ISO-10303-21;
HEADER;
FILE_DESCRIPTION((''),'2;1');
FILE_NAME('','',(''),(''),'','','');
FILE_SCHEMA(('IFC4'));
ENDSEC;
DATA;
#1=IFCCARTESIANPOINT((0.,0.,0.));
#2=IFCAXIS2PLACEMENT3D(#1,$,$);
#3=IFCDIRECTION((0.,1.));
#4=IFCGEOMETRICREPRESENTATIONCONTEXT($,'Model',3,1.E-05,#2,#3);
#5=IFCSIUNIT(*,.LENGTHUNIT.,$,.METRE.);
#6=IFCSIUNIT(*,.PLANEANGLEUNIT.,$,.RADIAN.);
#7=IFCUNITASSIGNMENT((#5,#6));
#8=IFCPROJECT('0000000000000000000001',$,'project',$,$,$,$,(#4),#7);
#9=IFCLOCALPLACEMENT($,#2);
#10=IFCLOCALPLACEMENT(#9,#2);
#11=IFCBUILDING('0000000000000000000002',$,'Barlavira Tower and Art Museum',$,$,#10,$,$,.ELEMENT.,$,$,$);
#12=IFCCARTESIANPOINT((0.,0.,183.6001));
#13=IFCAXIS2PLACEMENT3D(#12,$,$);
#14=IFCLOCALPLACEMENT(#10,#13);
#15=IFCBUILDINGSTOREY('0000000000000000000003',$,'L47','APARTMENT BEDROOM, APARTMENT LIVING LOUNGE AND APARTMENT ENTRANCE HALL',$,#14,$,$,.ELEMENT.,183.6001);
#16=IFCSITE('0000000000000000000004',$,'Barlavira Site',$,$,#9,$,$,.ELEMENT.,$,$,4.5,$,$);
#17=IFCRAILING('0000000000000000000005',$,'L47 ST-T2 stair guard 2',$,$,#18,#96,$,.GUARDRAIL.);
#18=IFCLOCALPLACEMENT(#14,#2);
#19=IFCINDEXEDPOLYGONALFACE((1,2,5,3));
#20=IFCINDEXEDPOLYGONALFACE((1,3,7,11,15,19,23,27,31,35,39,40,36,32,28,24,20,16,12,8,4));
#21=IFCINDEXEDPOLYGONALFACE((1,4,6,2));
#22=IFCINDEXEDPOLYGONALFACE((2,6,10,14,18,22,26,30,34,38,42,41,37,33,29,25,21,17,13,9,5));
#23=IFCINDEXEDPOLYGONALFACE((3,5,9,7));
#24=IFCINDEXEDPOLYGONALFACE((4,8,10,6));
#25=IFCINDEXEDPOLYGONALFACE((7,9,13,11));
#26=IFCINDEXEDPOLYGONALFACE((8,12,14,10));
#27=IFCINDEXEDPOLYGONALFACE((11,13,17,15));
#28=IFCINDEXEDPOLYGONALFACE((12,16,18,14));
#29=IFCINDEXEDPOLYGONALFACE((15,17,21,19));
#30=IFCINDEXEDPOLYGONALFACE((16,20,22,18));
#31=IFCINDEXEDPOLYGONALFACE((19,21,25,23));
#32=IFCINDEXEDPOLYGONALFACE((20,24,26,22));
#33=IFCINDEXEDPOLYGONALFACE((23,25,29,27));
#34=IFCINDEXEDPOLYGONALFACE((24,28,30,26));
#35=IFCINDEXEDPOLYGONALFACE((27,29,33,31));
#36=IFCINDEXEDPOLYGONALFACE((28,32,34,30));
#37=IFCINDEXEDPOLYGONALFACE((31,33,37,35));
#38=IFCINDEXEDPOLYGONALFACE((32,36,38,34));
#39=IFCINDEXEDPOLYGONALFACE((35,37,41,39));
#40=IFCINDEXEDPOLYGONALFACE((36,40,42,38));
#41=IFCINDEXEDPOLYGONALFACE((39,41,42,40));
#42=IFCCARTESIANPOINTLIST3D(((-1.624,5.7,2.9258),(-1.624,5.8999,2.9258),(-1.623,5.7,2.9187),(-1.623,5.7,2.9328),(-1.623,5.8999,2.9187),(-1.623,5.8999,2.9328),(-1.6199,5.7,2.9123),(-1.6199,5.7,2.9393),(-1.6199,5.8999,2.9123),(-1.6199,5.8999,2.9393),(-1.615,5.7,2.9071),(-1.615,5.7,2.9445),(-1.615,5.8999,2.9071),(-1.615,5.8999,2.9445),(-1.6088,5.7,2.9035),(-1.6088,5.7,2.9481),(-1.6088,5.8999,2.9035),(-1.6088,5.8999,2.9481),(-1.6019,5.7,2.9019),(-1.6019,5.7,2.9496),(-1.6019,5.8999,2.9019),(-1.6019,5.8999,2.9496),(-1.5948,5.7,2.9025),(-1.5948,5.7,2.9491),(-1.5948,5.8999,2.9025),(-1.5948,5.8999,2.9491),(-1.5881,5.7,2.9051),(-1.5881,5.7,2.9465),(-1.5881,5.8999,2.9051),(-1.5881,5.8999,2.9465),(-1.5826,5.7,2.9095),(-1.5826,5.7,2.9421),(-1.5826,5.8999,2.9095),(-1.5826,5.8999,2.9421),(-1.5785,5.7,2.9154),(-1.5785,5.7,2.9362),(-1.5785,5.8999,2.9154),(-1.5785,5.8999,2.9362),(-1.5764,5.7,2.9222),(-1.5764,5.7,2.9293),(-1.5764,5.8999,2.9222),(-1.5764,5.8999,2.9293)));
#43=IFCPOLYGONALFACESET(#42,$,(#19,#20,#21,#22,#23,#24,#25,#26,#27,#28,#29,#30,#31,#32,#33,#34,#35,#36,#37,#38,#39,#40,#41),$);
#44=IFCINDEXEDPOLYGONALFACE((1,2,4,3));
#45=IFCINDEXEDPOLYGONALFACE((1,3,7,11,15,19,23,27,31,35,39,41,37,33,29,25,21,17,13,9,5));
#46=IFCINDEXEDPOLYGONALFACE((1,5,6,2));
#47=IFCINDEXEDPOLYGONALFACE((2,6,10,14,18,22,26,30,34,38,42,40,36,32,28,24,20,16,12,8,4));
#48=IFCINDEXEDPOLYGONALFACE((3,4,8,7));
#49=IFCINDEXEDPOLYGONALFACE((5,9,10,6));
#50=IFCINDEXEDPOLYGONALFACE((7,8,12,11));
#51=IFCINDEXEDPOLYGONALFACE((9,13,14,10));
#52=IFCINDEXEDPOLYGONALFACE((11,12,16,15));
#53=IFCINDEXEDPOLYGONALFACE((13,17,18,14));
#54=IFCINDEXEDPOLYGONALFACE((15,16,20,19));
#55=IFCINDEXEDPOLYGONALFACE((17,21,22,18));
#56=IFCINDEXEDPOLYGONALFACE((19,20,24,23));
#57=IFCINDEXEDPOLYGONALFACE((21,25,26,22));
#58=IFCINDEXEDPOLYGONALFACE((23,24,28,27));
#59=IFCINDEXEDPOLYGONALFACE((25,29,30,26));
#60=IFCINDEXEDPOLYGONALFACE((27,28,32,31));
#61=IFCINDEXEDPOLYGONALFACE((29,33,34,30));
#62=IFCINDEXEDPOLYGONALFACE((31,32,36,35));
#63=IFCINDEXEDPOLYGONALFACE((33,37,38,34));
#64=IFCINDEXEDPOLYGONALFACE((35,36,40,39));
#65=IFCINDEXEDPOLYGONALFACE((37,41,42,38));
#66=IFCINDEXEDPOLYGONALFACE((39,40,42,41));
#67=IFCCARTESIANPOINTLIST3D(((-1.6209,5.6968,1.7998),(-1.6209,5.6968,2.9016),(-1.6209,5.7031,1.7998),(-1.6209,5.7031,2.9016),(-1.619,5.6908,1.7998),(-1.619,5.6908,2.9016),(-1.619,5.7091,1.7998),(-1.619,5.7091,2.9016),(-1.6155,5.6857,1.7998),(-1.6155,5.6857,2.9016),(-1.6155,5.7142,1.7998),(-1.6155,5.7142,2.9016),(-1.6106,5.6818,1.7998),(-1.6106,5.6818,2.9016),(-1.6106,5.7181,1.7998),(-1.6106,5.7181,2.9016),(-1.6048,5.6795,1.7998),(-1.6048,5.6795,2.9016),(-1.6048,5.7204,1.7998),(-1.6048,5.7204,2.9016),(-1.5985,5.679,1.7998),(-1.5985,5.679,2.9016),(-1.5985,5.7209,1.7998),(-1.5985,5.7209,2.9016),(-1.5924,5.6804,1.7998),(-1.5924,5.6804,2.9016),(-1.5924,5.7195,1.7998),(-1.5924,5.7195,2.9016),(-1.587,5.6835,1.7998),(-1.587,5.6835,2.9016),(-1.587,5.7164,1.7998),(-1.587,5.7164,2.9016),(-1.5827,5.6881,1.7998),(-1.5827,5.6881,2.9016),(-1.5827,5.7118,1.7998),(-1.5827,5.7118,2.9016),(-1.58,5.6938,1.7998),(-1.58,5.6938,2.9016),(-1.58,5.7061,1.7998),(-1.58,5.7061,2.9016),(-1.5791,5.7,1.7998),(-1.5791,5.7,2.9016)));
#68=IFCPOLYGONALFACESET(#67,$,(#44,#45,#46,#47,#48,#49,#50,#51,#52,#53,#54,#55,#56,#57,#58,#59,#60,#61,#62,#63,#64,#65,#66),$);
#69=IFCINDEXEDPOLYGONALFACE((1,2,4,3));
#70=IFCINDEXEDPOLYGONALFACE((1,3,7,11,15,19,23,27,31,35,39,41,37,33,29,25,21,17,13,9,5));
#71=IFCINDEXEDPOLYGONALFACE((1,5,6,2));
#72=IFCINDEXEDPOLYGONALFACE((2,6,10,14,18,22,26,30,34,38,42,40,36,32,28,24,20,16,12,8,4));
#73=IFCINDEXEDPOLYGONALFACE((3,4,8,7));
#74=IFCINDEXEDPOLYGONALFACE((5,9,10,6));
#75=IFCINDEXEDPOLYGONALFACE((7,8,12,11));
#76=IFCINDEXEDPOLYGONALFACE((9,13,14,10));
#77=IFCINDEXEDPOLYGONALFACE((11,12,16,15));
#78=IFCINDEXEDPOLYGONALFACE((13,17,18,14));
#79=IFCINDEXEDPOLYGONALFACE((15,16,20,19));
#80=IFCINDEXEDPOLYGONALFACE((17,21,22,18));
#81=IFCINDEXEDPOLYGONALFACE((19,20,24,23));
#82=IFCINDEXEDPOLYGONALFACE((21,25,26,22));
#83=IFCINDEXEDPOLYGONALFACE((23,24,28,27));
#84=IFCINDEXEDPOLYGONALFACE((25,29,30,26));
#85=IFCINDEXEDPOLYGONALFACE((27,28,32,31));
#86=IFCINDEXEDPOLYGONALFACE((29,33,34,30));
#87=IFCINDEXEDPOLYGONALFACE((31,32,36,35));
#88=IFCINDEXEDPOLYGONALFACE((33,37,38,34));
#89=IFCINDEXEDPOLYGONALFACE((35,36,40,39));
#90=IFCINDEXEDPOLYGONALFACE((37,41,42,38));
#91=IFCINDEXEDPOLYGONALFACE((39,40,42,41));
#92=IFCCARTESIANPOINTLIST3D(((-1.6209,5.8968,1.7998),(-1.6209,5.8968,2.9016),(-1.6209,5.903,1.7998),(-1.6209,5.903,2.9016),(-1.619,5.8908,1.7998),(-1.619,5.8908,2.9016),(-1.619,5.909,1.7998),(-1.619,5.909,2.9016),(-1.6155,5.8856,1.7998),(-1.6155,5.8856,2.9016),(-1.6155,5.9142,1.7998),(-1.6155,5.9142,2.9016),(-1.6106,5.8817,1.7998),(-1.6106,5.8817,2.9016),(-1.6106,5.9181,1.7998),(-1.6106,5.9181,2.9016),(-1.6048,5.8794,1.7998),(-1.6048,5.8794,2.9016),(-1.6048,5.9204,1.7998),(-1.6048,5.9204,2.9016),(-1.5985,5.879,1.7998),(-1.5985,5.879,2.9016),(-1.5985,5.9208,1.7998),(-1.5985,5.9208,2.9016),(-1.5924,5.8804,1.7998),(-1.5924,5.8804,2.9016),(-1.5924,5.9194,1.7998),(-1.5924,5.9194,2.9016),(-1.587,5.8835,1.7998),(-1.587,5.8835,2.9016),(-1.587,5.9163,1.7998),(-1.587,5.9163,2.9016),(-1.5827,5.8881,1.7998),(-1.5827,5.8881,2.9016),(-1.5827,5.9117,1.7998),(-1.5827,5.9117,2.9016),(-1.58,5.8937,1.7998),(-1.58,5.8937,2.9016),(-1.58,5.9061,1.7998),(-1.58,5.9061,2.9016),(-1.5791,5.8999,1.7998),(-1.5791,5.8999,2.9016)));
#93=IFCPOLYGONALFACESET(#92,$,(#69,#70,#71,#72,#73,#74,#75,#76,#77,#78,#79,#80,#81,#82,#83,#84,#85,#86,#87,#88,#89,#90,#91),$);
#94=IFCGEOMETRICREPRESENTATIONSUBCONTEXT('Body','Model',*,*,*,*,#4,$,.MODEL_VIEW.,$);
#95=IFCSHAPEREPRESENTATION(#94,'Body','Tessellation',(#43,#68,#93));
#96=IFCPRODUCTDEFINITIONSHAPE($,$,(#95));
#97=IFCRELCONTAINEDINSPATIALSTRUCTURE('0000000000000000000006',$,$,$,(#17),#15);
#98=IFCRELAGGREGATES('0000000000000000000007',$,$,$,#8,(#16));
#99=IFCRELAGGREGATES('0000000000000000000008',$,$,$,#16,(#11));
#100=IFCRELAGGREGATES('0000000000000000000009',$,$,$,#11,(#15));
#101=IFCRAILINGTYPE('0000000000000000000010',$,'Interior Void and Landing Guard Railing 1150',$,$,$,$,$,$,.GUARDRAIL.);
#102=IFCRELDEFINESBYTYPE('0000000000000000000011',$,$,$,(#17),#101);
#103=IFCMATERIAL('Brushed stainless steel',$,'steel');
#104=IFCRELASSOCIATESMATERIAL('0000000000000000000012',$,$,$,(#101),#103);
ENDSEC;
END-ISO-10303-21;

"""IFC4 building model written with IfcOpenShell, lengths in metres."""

from ifc_helpers import new_model, si_unit, direction, frame, origin, origin_2d, place, context, subcontext, project, spatial, circle, extrude, material, type_object, element, save


model = new_model("IFC4")

# Units and contexts
model_context = context("Model", 3, precision=1e-05, world=origin(), true_north=direction((0.0, 1.0)))
body_context = subcontext(model_context, "Body", "Model", "MODEL_VIEW")
ifc_project = project(units=[si_unit("LENGTHUNIT", "METRE"), si_unit("PLANEANGLEUNIT", "RADIAN")], contexts=[model_context])

# Site, building, storey
site_placement = place(None, origin())
site = spatial("IfcSite", under=ifc_project, at=site_placement, Name="Barlavira Site", CompositionType="ELEMENT", RefElevation=4.5)
building_placement = place(site_placement, origin())
building = spatial("IfcBuilding", under=site, at=building_placement, Name="Barlavira Tower and Art Museum", CompositionType="ELEMENT")
storey_placement = place(building_placement, frame((0.0, 0.0, 183.6001)))
storey = spatial("IfcBuildingStorey", under=building, at=storey_placement, Name="L47", Description="APARTMENT BEDROOM, APARTMENT LIVING LOUNGE AND APARTMENT ENTRANCE HALL", CompositionType="ELEMENT", Elevation=183.6001)

# Shared definitions
ifc_material_1 = material(Name="Brushed stainless steel", Category="steel")

# Railing
railing_type_1 = type_object("IfcRailingType", Name="Interior Void and Landing Guard Railing 1150", PredefinedType="GUARDRAIL", material=ifc_material_1)
railing_1_placement = place(storey_placement, frame((-1.6001, 5.7, 1.7998)))
element("IfcRailing", 1, at=railing_1_placement, inside=storey, type_object=railing_type_1, Name="L47 ST-T2 stair guard 2", PredefinedType="GUARDRAIL", context=body_context, shape_type="SweptSolid", body=[
    extrude(circle(Radius=0.0239, at=origin_2d()), frame((0.0, 0.0, 1.126), z_axis=(0.0, 1.0, 0.0), x_axis=(-1.0, 0.0, 0.0)), (0.0, 0.0, 1.0), 0.2),
    extrude(circle(Radius=0.021, at=origin_2d()), origin(), (0.0, 0.0, 1.0), 1.1018),
    extrude(circle(Radius=0.021, at=origin_2d()), frame((0.0, 0.2, 0.0)), (0.0, 0.0, 1.0), 1.1018),
])

save(model, "model.ifc")
